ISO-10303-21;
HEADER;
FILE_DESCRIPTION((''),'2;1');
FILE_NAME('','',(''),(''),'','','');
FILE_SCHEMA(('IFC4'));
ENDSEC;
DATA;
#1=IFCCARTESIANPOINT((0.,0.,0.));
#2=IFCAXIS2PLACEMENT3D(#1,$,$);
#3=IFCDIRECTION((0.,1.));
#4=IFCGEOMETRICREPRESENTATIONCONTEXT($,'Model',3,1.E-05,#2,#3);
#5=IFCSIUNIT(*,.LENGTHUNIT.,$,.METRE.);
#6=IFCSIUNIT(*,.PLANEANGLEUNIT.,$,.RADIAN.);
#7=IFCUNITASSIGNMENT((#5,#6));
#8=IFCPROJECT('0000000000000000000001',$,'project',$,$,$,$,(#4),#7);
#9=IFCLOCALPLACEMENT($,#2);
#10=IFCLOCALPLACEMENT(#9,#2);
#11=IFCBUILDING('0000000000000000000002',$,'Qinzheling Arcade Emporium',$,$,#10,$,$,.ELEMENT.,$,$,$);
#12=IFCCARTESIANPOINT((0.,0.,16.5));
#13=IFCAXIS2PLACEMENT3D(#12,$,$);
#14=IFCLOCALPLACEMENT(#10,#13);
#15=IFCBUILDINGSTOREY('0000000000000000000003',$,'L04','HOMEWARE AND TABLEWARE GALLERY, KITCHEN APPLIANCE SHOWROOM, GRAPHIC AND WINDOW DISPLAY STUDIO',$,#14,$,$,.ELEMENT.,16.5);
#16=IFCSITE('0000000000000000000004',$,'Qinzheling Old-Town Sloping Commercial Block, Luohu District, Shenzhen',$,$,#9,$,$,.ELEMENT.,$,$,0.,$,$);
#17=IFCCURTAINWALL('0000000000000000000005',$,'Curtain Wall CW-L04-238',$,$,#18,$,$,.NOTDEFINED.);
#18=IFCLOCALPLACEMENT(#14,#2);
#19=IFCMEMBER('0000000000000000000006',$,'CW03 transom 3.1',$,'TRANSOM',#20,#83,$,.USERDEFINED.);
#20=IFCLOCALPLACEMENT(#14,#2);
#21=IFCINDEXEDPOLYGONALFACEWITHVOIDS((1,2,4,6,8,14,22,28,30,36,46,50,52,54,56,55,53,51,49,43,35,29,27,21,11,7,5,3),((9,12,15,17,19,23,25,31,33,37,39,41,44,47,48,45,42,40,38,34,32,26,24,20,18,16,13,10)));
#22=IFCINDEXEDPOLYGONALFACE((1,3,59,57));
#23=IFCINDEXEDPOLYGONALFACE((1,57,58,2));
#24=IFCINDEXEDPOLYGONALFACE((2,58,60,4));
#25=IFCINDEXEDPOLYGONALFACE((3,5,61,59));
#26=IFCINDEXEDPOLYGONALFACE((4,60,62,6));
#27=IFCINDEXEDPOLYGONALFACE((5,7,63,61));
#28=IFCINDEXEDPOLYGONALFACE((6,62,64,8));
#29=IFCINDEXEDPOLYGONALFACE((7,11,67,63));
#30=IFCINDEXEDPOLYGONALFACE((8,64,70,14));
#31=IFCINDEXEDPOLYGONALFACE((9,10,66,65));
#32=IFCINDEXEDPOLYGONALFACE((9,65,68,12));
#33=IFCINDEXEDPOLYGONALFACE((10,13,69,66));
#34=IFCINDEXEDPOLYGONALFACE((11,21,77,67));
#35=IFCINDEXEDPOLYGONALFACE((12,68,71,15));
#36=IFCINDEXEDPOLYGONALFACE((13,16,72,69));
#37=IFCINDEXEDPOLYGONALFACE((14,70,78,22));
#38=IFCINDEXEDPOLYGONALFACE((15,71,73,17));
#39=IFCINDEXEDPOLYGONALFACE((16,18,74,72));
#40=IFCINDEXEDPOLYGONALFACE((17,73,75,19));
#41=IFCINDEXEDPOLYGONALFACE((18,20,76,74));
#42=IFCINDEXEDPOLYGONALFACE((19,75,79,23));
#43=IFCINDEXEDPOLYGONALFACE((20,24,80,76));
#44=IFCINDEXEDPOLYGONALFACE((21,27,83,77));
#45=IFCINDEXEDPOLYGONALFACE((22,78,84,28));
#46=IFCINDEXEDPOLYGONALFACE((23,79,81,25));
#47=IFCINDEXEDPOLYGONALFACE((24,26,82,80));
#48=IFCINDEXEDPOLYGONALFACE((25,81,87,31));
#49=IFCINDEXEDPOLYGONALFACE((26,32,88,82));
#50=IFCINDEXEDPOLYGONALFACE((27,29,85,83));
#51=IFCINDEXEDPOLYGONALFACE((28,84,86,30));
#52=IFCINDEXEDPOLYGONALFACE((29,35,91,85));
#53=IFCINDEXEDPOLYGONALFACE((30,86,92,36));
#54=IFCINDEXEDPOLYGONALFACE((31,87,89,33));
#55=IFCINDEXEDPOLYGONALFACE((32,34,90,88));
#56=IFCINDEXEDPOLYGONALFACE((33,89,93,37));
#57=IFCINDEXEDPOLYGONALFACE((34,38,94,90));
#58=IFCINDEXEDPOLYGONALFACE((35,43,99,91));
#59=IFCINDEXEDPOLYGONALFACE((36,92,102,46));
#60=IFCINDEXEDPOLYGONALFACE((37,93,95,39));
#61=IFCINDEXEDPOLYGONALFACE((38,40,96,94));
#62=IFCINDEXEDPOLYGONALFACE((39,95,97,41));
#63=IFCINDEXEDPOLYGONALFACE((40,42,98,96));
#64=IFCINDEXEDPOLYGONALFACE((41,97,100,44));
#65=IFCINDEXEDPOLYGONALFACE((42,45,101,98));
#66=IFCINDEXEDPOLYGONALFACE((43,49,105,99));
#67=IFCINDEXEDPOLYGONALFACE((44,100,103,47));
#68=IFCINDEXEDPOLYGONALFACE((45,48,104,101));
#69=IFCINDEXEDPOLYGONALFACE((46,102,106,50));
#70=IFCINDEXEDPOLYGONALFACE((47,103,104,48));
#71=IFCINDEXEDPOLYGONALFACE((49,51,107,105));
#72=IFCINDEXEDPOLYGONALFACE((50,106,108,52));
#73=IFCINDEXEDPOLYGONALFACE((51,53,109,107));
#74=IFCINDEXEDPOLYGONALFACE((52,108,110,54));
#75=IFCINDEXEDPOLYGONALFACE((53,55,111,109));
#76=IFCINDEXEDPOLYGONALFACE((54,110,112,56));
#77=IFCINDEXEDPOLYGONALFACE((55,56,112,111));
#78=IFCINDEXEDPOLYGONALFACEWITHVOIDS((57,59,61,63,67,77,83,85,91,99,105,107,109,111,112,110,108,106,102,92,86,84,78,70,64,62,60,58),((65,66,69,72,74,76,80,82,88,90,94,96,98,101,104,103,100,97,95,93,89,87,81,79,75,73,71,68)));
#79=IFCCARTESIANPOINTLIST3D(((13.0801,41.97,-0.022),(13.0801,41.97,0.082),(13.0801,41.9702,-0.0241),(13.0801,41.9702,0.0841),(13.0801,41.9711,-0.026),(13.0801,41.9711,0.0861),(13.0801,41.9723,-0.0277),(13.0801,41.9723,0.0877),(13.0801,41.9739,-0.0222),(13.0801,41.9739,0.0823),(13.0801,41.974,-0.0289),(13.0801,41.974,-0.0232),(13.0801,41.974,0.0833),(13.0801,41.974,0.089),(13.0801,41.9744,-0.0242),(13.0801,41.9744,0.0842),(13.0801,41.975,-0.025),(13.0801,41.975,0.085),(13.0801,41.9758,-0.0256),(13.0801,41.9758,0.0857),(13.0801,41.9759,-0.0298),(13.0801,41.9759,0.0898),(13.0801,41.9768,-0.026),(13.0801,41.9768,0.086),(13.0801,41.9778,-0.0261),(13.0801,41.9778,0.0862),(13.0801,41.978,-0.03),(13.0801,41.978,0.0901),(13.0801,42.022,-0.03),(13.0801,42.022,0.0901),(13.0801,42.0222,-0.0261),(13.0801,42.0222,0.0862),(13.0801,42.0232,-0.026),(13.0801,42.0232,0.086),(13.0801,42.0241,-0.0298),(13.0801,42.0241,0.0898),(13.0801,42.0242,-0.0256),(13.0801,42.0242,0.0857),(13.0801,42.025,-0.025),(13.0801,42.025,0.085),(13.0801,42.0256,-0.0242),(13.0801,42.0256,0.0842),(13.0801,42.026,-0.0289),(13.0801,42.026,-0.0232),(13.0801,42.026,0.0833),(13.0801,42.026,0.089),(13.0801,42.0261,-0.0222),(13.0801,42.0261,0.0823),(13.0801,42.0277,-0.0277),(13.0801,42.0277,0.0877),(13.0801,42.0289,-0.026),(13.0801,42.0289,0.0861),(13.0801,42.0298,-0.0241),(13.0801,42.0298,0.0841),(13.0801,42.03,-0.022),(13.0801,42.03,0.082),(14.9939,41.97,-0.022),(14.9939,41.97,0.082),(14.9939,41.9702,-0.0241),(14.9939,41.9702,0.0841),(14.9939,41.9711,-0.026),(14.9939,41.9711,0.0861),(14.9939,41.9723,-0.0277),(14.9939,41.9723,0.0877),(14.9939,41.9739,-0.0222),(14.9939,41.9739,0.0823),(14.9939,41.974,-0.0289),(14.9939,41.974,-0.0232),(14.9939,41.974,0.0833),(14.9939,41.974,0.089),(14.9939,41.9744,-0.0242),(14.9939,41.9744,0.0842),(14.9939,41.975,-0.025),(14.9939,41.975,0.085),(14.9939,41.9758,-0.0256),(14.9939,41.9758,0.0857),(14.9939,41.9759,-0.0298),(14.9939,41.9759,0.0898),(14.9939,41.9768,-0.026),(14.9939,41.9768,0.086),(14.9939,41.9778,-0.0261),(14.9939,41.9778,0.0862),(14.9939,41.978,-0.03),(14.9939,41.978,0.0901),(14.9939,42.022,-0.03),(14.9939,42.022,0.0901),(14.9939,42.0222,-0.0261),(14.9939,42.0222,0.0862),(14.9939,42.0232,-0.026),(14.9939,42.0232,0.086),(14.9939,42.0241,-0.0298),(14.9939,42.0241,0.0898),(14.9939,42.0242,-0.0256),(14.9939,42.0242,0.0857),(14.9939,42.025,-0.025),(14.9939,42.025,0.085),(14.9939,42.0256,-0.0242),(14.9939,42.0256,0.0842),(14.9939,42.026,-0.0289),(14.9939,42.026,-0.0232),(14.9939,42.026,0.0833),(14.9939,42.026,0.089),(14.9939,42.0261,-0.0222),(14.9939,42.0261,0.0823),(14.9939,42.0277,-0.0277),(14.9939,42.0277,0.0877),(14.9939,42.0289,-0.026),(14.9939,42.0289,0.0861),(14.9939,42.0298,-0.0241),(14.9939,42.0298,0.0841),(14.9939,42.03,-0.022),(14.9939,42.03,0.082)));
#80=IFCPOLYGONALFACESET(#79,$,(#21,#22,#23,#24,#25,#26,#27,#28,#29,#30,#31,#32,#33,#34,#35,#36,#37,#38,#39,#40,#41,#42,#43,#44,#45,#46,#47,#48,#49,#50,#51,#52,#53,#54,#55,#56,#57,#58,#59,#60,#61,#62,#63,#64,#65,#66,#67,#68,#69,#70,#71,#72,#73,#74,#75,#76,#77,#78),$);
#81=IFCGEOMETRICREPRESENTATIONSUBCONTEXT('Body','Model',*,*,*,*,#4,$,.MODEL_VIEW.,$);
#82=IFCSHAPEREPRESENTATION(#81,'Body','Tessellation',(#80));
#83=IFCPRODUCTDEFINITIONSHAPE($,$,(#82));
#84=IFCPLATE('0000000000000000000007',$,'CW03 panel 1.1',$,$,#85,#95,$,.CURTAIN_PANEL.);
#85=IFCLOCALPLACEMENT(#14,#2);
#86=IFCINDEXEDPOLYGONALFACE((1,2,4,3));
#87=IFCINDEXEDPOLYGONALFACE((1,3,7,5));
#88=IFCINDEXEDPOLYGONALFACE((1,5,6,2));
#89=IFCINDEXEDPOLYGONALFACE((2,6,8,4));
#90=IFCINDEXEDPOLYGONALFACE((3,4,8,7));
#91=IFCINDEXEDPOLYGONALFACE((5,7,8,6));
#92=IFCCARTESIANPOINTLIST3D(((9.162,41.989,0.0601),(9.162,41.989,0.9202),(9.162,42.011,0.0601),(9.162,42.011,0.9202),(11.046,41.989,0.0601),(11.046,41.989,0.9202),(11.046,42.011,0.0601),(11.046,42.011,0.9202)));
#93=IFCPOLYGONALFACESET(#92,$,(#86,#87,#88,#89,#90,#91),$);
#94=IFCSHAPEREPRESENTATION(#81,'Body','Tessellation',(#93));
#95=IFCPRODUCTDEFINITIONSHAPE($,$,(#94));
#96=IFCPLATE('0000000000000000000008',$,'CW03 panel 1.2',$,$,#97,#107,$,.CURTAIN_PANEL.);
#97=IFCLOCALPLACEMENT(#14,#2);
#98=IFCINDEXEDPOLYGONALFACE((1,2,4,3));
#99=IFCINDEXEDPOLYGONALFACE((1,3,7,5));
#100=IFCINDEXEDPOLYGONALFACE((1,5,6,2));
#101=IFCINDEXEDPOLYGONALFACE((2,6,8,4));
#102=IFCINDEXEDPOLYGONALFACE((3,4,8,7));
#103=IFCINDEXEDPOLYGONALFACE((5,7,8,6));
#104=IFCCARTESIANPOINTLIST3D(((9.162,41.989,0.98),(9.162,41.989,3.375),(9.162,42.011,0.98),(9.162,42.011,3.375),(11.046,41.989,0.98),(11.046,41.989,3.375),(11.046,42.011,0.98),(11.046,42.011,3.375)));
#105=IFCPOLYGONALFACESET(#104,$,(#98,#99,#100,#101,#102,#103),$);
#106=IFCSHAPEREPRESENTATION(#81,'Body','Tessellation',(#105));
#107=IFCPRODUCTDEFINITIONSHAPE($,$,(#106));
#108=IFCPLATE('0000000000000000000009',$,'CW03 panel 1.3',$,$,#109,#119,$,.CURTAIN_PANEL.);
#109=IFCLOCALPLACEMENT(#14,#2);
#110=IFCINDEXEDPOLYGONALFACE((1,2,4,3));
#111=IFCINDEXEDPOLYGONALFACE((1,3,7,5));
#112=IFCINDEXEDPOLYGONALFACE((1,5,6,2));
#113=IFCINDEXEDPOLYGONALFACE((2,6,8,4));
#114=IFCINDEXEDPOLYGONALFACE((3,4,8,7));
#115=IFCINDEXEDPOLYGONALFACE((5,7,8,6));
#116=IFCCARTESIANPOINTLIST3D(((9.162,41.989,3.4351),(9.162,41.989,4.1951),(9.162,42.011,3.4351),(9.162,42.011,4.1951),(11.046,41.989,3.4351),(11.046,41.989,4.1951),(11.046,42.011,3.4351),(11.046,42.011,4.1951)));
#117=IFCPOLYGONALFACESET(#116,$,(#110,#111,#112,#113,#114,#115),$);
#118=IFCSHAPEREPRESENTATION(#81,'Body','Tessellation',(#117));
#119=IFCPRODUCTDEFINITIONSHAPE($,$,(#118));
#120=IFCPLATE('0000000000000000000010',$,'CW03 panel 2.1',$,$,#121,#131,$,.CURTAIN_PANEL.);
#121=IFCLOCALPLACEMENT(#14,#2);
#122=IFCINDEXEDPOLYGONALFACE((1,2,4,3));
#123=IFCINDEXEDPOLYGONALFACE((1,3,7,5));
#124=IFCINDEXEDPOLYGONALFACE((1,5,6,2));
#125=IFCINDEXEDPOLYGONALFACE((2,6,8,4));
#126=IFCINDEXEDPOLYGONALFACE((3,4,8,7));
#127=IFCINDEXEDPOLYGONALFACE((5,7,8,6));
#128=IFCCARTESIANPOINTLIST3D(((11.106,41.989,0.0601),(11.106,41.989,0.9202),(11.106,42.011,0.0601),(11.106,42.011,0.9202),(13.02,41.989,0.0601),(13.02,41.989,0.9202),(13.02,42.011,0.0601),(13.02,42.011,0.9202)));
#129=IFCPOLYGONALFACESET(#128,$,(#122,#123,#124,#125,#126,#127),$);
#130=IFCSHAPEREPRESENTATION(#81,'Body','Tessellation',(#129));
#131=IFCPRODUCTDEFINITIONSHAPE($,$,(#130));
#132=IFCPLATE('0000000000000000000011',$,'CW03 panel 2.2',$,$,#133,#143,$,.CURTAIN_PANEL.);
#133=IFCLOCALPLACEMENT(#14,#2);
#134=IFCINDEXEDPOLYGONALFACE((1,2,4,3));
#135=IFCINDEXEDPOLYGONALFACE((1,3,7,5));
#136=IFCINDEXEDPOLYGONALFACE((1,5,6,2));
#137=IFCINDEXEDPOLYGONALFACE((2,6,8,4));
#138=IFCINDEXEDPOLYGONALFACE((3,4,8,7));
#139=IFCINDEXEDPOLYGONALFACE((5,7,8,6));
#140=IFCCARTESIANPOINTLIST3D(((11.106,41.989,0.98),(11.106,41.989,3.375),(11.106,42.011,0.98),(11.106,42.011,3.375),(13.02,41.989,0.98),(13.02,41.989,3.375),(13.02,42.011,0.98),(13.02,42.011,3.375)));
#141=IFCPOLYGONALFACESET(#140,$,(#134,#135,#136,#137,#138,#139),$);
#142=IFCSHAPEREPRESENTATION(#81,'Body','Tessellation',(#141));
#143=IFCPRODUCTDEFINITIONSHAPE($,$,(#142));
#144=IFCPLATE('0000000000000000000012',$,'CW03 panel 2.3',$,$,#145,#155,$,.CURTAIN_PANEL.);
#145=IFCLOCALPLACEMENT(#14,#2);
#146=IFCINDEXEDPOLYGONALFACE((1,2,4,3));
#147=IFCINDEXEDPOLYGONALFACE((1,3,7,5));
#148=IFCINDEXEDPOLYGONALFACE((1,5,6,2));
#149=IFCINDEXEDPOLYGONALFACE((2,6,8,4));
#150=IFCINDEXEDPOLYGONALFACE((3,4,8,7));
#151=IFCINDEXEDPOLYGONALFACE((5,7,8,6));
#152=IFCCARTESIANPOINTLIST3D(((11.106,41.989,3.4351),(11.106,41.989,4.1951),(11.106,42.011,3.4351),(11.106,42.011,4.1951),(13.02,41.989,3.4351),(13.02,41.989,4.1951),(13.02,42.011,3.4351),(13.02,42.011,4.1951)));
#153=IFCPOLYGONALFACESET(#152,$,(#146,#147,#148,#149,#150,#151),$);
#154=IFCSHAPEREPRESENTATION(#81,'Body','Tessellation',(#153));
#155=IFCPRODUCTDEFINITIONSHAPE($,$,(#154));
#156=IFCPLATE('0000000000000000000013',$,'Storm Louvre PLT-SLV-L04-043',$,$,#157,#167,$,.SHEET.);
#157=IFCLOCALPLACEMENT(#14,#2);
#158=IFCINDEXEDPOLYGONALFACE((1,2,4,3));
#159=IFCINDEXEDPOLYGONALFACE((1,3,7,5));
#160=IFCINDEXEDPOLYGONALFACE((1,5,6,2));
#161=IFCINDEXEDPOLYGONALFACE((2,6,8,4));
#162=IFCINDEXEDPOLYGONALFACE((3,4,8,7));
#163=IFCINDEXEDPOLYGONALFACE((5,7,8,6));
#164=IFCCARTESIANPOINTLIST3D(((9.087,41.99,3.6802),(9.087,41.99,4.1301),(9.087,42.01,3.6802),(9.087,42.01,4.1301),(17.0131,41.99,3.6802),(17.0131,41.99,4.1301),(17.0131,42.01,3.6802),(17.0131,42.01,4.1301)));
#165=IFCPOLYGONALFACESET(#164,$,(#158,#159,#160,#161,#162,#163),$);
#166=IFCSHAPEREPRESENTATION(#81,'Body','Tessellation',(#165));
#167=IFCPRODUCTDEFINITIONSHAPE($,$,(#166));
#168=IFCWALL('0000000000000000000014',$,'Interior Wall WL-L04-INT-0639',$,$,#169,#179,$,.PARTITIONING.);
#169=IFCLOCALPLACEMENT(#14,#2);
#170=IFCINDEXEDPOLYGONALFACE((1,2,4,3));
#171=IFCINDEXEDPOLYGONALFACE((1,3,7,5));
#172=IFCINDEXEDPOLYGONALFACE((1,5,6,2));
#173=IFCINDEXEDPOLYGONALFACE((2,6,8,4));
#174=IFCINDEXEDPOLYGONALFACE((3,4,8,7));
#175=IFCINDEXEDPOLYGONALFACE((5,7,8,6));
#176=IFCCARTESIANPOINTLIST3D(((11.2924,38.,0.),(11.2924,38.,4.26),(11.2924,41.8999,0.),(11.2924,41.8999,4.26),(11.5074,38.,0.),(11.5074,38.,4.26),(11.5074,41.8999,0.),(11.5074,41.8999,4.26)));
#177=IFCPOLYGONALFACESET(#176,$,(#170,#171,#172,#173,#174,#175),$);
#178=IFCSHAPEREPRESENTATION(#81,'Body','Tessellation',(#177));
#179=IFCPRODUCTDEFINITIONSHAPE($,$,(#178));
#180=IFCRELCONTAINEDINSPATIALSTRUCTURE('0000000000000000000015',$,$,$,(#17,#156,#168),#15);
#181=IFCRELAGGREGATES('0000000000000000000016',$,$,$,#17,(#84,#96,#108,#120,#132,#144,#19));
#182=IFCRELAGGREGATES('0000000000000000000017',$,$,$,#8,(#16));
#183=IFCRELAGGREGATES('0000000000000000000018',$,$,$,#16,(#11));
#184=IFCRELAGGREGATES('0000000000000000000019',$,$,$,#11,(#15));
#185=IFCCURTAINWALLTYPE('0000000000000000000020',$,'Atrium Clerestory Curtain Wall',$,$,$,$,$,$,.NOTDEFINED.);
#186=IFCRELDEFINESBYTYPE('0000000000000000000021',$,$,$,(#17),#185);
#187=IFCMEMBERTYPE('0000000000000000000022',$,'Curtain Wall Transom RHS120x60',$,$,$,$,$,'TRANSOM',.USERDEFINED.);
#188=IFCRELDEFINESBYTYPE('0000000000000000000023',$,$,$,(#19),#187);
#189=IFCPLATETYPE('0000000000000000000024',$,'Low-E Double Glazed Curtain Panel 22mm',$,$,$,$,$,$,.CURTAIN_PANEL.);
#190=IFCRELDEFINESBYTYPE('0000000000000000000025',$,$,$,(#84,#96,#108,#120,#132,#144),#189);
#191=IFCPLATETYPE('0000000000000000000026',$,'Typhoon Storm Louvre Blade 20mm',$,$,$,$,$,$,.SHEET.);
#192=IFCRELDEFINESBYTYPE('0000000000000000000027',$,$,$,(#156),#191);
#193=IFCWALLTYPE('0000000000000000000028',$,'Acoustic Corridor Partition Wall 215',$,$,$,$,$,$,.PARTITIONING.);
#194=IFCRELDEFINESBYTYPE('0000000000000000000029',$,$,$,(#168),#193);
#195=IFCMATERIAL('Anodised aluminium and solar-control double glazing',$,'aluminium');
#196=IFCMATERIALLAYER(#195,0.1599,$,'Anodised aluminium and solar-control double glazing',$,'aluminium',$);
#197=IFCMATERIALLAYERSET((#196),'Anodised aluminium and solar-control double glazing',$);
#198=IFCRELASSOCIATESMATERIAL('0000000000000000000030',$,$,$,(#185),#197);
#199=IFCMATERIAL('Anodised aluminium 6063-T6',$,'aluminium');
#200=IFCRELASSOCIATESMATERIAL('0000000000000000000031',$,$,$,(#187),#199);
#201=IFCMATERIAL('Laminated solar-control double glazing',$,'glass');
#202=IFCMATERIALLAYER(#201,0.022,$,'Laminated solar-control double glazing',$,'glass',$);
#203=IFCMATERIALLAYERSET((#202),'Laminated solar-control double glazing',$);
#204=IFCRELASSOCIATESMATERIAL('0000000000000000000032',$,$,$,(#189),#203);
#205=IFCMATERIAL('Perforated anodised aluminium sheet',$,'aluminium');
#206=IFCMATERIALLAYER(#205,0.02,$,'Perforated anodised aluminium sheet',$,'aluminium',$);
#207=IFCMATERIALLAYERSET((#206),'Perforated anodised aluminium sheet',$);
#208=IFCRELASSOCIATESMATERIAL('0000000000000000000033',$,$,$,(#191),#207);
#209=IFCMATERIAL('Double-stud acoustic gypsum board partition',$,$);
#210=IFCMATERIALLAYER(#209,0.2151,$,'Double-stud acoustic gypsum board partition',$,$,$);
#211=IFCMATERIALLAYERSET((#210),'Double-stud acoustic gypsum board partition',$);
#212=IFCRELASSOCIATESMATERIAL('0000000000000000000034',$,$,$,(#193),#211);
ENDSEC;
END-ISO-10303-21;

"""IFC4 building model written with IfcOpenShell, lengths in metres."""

from ifc_helpers import new_model, si_unit, direction, frame, frame_2d, origin, origin_2d, place, context, subcontext, project, spatial, rectangle, hollow_rectangle, extrude, material, layer, layer_set, material_profile, profile_set, type_object, element, aggregate, save


model = new_model("IFC4")

# Units and contexts
model_context = context("Model", 3, precision=1e-05, world=origin(), true_north=direction((0.0, 1.0)))
body_context = subcontext(model_context, "Body", "Model", "MODEL_VIEW")
ifc_project = project(units=[si_unit("LENGTHUNIT", "METRE"), si_unit("PLANEANGLEUNIT", "RADIAN")], contexts=[model_context])

# Site, building, storey
site_placement = place(None, origin())
site = spatial("IfcSite", under=ifc_project, at=site_placement, Name="Qinzheling Old-Town Sloping Commercial Block, Luohu District, Shenzhen", CompositionType="ELEMENT", RefElevation=0.0)
building_placement = place(site_placement, origin())
building = spatial("IfcBuilding", under=site, at=building_placement, Name="Qinzheling Arcade Emporium", CompositionType="ELEMENT")
storey_placement = place(building_placement, frame((0.0, 0.0, 16.5)))
storey = spatial("IfcBuildingStorey", under=building, at=storey_placement, Name="L04", Description="HOMEWARE AND TABLEWARE GALLERY, KITCHEN APPLIANCE SHOWROOM, GRAPHIC AND WINDOW DISPLAY STUDIO", CompositionType="ELEMENT", Elevation=16.5)

# Curtain wall, member, plates
ifc_material_1 = material(Name="Anodised aluminium and solar-control double glazing", Category="aluminium")
ifc_layer_1 = layer(ifc_material_1, 0.1599, Name="Anodised aluminium and solar-control double glazing", Category="aluminium")
ifc_layer_set_1 = layer_set([ifc_layer_1], Name="Anodised aluminium and solar-control double glazing")
curtain_wall_type = type_object("IfcCurtainWallType", Name="Atrium Clerestory Curtain Wall", PredefinedType="NOTDEFINED", material=ifc_layer_set_1)
curtain_wall_placement = place(storey_placement, origin())
curtain_wall = element("IfcCurtainWall", 1, at=curtain_wall_placement, inside=storey, type_object=curtain_wall_type, Name="Curtain Wall CW-L04-238", PredefinedType="NOTDEFINED")
ifc_material_2 = material(Name="Anodised aluminium 6063-T6", Category="aluminium")
ifc_material_profile_1 = material_profile(ifc_material_2, hollow_rectangle(XDim=0.0601, YDim=0.1201, WallThickness=0.0039, InnerFilletRadius=0.0039, OuterFilletRadius=0.0081, at=origin_2d()), Name="RHS 120x60x4", Category="aluminium")
ifc_profile_set_1 = profile_set([ifc_material_profile_1], Name="Anodised aluminium 6063-T6")
member_type_1 = type_object("IfcMemberType", Name="Curtain Wall Transom RHS120x60", ElementType="TRANSOM", PredefinedType="USERDEFINED", material=ifc_profile_set_1)
member_1_placement = place(storey_placement, frame((13.0801, 42.0, 0.03), z_axis=(1.0, 0.0, 0.0), x_axis=(0.0, 1.0, 0.0)))
member_1 = element("IfcMember", 2, at=member_1_placement, type_object=member_type_1, Name="CW03 transom 3.1", ObjectType="TRANSOM", PredefinedType="USERDEFINED", context=body_context, shape_type="SweptSolid", body=[
    extrude(hollow_rectangle(XDim=0.0601, YDim=0.1201, WallThickness=0.0039, InnerFilletRadius=0.0039, OuterFilletRadius=0.0081, at=origin_2d()), origin(), (0.0, 0.0, 1.0), 1.9138),
])
ifc_material_3 = material(Name="Laminated solar-control double glazing", Category="glass")
ifc_layer_2 = layer(ifc_material_3, 0.022, Name="Laminated solar-control double glazing", Category="glass")
ifc_layer_set_2 = layer_set([ifc_layer_2], Name="Laminated solar-control double glazing")
plate_type_1 = type_object("IfcPlateType", Name="Low-E Double Glazed Curtain Panel 22mm", PredefinedType="CURTAIN_PANEL", material=ifc_layer_set_2)
plate_1_placement = place(storey_placement, frame((10.104, 42.0, 0.0601), z_axis=(0.0, 0.0, 1.0), x_axis=(1.0, 0.0, 0.0)))
plate_1 = element("IfcPlate", 3, at=plate_1_placement, type_object=plate_type_1, Name="CW03 panel 1.1", PredefinedType="CURTAIN_PANEL", context=body_context, shape_type="SweptSolid", body=[
    extrude(rectangle(XDim=1.884, YDim=0.022, at=origin_2d()), origin(), (0.0, 0.0, 1.0), 0.8601),
])
plate_2_placement = place(storey_placement, frame((10.104, 42.0, 0.98), z_axis=(0.0, 0.0, 1.0), x_axis=(1.0, 0.0, 0.0)))
plate_2 = element("IfcPlate", 4, at=plate_2_placement, type_object=plate_type_1, Name="CW03 panel 1.2", PredefinedType="CURTAIN_PANEL", context=body_context, shape_type="SweptSolid", body=[
    extrude(rectangle(XDim=1.884, YDim=0.022, at=origin_2d()), origin(), (0.0, 0.0, 1.0), 2.395),
])
plate_3_placement = place(storey_placement, frame((10.104, 42.0, 3.4351), z_axis=(0.0, 0.0, 1.0), x_axis=(1.0, 0.0, 0.0)))
plate_3 = element("IfcPlate", 5, at=plate_3_placement, type_object=plate_type_1, Name="CW03 panel 1.3", PredefinedType="CURTAIN_PANEL", context=body_context, shape_type="SweptSolid", body=[
    extrude(rectangle(XDim=1.884, YDim=0.022, at=origin_2d()), origin(), (0.0, 0.0, 1.0), 0.76),
])
plate_4_placement = place(storey_placement, frame((12.063, 42.0, 0.0601), z_axis=(0.0, 0.0, 1.0), x_axis=(1.0, 0.0, 0.0)))
plate_4 = element("IfcPlate", 6, at=plate_4_placement, type_object=plate_type_1, Name="CW03 panel 2.1", PredefinedType="CURTAIN_PANEL", context=body_context, shape_type="SweptSolid", body=[
    extrude(rectangle(XDim=1.9141, YDim=0.022, at=origin_2d()), origin(), (0.0, 0.0, 1.0), 0.8601),
])
plate_5_placement = place(storey_placement, frame((12.063, 42.0, 0.98), z_axis=(0.0, 0.0, 1.0), x_axis=(1.0, 0.0, 0.0)))
plate_5 = element("IfcPlate", 7, at=plate_5_placement, type_object=plate_type_1, Name="CW03 panel 2.2", PredefinedType="CURTAIN_PANEL", context=body_context, shape_type="SweptSolid", body=[
    extrude(rectangle(XDim=1.9141, YDim=0.022, at=origin_2d()), origin(), (0.0, 0.0, 1.0), 2.395),
])
plate_6_placement = place(storey_placement, frame((12.063, 42.0, 3.4351), z_axis=(0.0, 0.0, 1.0), x_axis=(1.0, 0.0, 0.0)))
plate_6 = element("IfcPlate", 8, at=plate_6_placement, type_object=plate_type_1, Name="CW03 panel 2.3", PredefinedType="CURTAIN_PANEL", context=body_context, shape_type="SweptSolid", body=[
    extrude(rectangle(XDim=1.9141, YDim=0.022, at=origin_2d()), origin(), (0.0, 0.0, 1.0), 0.76),
])
aggregate(curtain_wall, [plate_1, plate_2, plate_3, plate_4, plate_5, plate_6, member_1])

# Plate
ifc_material_4 = material(Name="Perforated anodised aluminium sheet", Category="aluminium")
ifc_layer_3 = layer(ifc_material_4, 0.02, Name="Perforated anodised aluminium sheet", Category="aluminium")
ifc_layer_set_3 = layer_set([ifc_layer_3], Name="Perforated anodised aluminium sheet")
plate_type_2 = type_object("IfcPlateType", Name="Typhoon Storm Louvre Blade 20mm", PredefinedType="SHEET", material=ifc_layer_set_3)
plate_7_placement = place(storey_placement, frame((13.05, 42.0, 3.6802), z_axis=(0.0, 0.0, 1.0), x_axis=(1.0, 0.0, 0.0)))
element("IfcPlate", 9, at=plate_7_placement, inside=storey, type_object=plate_type_2, Name="Storm Louvre PLT-SLV-L04-043", PredefinedType="SHEET", context=body_context, shape_type="SweptSolid", body=[
    extrude(rectangle(XDim=7.926, YDim=0.02, at=origin_2d()), origin(), (0.0, 0.0, 1.0), 0.45),
])

# Wall
ifc_material_5 = material(Name="Double-stud acoustic gypsum board partition")
ifc_layer_4 = layer(ifc_material_5, 0.2151, Name="Double-stud acoustic gypsum board partition")
ifc_layer_set_4 = layer_set([ifc_layer_4], Name="Double-stud acoustic gypsum board partition")
wall_type = type_object("IfcWallType", Name="Acoustic Corridor Partition Wall 215", PredefinedType="PARTITIONING", material=ifc_layer_set_4)
wall_1_placement = place(storey_placement, frame((11.3999, 41.8999, 0.0), z_axis=(0.0, 0.0, 1.0), x_axis=(0.0, -1.0, 0.0)))
element("IfcWall", 10, at=wall_1_placement, inside=storey, type_object=wall_type, Name="Interior Wall WL-L04-INT-0639", PredefinedType="PARTITIONING", context=body_context, shape_type="SweptSolid", body=[
    extrude(rectangle(XDim=3.8999, YDim=0.2151, at=frame_2d((1.95, 0.0))), origin(), (0.0, 0.0, 1.0), 4.26),
])

save(model, "model.ifc")
